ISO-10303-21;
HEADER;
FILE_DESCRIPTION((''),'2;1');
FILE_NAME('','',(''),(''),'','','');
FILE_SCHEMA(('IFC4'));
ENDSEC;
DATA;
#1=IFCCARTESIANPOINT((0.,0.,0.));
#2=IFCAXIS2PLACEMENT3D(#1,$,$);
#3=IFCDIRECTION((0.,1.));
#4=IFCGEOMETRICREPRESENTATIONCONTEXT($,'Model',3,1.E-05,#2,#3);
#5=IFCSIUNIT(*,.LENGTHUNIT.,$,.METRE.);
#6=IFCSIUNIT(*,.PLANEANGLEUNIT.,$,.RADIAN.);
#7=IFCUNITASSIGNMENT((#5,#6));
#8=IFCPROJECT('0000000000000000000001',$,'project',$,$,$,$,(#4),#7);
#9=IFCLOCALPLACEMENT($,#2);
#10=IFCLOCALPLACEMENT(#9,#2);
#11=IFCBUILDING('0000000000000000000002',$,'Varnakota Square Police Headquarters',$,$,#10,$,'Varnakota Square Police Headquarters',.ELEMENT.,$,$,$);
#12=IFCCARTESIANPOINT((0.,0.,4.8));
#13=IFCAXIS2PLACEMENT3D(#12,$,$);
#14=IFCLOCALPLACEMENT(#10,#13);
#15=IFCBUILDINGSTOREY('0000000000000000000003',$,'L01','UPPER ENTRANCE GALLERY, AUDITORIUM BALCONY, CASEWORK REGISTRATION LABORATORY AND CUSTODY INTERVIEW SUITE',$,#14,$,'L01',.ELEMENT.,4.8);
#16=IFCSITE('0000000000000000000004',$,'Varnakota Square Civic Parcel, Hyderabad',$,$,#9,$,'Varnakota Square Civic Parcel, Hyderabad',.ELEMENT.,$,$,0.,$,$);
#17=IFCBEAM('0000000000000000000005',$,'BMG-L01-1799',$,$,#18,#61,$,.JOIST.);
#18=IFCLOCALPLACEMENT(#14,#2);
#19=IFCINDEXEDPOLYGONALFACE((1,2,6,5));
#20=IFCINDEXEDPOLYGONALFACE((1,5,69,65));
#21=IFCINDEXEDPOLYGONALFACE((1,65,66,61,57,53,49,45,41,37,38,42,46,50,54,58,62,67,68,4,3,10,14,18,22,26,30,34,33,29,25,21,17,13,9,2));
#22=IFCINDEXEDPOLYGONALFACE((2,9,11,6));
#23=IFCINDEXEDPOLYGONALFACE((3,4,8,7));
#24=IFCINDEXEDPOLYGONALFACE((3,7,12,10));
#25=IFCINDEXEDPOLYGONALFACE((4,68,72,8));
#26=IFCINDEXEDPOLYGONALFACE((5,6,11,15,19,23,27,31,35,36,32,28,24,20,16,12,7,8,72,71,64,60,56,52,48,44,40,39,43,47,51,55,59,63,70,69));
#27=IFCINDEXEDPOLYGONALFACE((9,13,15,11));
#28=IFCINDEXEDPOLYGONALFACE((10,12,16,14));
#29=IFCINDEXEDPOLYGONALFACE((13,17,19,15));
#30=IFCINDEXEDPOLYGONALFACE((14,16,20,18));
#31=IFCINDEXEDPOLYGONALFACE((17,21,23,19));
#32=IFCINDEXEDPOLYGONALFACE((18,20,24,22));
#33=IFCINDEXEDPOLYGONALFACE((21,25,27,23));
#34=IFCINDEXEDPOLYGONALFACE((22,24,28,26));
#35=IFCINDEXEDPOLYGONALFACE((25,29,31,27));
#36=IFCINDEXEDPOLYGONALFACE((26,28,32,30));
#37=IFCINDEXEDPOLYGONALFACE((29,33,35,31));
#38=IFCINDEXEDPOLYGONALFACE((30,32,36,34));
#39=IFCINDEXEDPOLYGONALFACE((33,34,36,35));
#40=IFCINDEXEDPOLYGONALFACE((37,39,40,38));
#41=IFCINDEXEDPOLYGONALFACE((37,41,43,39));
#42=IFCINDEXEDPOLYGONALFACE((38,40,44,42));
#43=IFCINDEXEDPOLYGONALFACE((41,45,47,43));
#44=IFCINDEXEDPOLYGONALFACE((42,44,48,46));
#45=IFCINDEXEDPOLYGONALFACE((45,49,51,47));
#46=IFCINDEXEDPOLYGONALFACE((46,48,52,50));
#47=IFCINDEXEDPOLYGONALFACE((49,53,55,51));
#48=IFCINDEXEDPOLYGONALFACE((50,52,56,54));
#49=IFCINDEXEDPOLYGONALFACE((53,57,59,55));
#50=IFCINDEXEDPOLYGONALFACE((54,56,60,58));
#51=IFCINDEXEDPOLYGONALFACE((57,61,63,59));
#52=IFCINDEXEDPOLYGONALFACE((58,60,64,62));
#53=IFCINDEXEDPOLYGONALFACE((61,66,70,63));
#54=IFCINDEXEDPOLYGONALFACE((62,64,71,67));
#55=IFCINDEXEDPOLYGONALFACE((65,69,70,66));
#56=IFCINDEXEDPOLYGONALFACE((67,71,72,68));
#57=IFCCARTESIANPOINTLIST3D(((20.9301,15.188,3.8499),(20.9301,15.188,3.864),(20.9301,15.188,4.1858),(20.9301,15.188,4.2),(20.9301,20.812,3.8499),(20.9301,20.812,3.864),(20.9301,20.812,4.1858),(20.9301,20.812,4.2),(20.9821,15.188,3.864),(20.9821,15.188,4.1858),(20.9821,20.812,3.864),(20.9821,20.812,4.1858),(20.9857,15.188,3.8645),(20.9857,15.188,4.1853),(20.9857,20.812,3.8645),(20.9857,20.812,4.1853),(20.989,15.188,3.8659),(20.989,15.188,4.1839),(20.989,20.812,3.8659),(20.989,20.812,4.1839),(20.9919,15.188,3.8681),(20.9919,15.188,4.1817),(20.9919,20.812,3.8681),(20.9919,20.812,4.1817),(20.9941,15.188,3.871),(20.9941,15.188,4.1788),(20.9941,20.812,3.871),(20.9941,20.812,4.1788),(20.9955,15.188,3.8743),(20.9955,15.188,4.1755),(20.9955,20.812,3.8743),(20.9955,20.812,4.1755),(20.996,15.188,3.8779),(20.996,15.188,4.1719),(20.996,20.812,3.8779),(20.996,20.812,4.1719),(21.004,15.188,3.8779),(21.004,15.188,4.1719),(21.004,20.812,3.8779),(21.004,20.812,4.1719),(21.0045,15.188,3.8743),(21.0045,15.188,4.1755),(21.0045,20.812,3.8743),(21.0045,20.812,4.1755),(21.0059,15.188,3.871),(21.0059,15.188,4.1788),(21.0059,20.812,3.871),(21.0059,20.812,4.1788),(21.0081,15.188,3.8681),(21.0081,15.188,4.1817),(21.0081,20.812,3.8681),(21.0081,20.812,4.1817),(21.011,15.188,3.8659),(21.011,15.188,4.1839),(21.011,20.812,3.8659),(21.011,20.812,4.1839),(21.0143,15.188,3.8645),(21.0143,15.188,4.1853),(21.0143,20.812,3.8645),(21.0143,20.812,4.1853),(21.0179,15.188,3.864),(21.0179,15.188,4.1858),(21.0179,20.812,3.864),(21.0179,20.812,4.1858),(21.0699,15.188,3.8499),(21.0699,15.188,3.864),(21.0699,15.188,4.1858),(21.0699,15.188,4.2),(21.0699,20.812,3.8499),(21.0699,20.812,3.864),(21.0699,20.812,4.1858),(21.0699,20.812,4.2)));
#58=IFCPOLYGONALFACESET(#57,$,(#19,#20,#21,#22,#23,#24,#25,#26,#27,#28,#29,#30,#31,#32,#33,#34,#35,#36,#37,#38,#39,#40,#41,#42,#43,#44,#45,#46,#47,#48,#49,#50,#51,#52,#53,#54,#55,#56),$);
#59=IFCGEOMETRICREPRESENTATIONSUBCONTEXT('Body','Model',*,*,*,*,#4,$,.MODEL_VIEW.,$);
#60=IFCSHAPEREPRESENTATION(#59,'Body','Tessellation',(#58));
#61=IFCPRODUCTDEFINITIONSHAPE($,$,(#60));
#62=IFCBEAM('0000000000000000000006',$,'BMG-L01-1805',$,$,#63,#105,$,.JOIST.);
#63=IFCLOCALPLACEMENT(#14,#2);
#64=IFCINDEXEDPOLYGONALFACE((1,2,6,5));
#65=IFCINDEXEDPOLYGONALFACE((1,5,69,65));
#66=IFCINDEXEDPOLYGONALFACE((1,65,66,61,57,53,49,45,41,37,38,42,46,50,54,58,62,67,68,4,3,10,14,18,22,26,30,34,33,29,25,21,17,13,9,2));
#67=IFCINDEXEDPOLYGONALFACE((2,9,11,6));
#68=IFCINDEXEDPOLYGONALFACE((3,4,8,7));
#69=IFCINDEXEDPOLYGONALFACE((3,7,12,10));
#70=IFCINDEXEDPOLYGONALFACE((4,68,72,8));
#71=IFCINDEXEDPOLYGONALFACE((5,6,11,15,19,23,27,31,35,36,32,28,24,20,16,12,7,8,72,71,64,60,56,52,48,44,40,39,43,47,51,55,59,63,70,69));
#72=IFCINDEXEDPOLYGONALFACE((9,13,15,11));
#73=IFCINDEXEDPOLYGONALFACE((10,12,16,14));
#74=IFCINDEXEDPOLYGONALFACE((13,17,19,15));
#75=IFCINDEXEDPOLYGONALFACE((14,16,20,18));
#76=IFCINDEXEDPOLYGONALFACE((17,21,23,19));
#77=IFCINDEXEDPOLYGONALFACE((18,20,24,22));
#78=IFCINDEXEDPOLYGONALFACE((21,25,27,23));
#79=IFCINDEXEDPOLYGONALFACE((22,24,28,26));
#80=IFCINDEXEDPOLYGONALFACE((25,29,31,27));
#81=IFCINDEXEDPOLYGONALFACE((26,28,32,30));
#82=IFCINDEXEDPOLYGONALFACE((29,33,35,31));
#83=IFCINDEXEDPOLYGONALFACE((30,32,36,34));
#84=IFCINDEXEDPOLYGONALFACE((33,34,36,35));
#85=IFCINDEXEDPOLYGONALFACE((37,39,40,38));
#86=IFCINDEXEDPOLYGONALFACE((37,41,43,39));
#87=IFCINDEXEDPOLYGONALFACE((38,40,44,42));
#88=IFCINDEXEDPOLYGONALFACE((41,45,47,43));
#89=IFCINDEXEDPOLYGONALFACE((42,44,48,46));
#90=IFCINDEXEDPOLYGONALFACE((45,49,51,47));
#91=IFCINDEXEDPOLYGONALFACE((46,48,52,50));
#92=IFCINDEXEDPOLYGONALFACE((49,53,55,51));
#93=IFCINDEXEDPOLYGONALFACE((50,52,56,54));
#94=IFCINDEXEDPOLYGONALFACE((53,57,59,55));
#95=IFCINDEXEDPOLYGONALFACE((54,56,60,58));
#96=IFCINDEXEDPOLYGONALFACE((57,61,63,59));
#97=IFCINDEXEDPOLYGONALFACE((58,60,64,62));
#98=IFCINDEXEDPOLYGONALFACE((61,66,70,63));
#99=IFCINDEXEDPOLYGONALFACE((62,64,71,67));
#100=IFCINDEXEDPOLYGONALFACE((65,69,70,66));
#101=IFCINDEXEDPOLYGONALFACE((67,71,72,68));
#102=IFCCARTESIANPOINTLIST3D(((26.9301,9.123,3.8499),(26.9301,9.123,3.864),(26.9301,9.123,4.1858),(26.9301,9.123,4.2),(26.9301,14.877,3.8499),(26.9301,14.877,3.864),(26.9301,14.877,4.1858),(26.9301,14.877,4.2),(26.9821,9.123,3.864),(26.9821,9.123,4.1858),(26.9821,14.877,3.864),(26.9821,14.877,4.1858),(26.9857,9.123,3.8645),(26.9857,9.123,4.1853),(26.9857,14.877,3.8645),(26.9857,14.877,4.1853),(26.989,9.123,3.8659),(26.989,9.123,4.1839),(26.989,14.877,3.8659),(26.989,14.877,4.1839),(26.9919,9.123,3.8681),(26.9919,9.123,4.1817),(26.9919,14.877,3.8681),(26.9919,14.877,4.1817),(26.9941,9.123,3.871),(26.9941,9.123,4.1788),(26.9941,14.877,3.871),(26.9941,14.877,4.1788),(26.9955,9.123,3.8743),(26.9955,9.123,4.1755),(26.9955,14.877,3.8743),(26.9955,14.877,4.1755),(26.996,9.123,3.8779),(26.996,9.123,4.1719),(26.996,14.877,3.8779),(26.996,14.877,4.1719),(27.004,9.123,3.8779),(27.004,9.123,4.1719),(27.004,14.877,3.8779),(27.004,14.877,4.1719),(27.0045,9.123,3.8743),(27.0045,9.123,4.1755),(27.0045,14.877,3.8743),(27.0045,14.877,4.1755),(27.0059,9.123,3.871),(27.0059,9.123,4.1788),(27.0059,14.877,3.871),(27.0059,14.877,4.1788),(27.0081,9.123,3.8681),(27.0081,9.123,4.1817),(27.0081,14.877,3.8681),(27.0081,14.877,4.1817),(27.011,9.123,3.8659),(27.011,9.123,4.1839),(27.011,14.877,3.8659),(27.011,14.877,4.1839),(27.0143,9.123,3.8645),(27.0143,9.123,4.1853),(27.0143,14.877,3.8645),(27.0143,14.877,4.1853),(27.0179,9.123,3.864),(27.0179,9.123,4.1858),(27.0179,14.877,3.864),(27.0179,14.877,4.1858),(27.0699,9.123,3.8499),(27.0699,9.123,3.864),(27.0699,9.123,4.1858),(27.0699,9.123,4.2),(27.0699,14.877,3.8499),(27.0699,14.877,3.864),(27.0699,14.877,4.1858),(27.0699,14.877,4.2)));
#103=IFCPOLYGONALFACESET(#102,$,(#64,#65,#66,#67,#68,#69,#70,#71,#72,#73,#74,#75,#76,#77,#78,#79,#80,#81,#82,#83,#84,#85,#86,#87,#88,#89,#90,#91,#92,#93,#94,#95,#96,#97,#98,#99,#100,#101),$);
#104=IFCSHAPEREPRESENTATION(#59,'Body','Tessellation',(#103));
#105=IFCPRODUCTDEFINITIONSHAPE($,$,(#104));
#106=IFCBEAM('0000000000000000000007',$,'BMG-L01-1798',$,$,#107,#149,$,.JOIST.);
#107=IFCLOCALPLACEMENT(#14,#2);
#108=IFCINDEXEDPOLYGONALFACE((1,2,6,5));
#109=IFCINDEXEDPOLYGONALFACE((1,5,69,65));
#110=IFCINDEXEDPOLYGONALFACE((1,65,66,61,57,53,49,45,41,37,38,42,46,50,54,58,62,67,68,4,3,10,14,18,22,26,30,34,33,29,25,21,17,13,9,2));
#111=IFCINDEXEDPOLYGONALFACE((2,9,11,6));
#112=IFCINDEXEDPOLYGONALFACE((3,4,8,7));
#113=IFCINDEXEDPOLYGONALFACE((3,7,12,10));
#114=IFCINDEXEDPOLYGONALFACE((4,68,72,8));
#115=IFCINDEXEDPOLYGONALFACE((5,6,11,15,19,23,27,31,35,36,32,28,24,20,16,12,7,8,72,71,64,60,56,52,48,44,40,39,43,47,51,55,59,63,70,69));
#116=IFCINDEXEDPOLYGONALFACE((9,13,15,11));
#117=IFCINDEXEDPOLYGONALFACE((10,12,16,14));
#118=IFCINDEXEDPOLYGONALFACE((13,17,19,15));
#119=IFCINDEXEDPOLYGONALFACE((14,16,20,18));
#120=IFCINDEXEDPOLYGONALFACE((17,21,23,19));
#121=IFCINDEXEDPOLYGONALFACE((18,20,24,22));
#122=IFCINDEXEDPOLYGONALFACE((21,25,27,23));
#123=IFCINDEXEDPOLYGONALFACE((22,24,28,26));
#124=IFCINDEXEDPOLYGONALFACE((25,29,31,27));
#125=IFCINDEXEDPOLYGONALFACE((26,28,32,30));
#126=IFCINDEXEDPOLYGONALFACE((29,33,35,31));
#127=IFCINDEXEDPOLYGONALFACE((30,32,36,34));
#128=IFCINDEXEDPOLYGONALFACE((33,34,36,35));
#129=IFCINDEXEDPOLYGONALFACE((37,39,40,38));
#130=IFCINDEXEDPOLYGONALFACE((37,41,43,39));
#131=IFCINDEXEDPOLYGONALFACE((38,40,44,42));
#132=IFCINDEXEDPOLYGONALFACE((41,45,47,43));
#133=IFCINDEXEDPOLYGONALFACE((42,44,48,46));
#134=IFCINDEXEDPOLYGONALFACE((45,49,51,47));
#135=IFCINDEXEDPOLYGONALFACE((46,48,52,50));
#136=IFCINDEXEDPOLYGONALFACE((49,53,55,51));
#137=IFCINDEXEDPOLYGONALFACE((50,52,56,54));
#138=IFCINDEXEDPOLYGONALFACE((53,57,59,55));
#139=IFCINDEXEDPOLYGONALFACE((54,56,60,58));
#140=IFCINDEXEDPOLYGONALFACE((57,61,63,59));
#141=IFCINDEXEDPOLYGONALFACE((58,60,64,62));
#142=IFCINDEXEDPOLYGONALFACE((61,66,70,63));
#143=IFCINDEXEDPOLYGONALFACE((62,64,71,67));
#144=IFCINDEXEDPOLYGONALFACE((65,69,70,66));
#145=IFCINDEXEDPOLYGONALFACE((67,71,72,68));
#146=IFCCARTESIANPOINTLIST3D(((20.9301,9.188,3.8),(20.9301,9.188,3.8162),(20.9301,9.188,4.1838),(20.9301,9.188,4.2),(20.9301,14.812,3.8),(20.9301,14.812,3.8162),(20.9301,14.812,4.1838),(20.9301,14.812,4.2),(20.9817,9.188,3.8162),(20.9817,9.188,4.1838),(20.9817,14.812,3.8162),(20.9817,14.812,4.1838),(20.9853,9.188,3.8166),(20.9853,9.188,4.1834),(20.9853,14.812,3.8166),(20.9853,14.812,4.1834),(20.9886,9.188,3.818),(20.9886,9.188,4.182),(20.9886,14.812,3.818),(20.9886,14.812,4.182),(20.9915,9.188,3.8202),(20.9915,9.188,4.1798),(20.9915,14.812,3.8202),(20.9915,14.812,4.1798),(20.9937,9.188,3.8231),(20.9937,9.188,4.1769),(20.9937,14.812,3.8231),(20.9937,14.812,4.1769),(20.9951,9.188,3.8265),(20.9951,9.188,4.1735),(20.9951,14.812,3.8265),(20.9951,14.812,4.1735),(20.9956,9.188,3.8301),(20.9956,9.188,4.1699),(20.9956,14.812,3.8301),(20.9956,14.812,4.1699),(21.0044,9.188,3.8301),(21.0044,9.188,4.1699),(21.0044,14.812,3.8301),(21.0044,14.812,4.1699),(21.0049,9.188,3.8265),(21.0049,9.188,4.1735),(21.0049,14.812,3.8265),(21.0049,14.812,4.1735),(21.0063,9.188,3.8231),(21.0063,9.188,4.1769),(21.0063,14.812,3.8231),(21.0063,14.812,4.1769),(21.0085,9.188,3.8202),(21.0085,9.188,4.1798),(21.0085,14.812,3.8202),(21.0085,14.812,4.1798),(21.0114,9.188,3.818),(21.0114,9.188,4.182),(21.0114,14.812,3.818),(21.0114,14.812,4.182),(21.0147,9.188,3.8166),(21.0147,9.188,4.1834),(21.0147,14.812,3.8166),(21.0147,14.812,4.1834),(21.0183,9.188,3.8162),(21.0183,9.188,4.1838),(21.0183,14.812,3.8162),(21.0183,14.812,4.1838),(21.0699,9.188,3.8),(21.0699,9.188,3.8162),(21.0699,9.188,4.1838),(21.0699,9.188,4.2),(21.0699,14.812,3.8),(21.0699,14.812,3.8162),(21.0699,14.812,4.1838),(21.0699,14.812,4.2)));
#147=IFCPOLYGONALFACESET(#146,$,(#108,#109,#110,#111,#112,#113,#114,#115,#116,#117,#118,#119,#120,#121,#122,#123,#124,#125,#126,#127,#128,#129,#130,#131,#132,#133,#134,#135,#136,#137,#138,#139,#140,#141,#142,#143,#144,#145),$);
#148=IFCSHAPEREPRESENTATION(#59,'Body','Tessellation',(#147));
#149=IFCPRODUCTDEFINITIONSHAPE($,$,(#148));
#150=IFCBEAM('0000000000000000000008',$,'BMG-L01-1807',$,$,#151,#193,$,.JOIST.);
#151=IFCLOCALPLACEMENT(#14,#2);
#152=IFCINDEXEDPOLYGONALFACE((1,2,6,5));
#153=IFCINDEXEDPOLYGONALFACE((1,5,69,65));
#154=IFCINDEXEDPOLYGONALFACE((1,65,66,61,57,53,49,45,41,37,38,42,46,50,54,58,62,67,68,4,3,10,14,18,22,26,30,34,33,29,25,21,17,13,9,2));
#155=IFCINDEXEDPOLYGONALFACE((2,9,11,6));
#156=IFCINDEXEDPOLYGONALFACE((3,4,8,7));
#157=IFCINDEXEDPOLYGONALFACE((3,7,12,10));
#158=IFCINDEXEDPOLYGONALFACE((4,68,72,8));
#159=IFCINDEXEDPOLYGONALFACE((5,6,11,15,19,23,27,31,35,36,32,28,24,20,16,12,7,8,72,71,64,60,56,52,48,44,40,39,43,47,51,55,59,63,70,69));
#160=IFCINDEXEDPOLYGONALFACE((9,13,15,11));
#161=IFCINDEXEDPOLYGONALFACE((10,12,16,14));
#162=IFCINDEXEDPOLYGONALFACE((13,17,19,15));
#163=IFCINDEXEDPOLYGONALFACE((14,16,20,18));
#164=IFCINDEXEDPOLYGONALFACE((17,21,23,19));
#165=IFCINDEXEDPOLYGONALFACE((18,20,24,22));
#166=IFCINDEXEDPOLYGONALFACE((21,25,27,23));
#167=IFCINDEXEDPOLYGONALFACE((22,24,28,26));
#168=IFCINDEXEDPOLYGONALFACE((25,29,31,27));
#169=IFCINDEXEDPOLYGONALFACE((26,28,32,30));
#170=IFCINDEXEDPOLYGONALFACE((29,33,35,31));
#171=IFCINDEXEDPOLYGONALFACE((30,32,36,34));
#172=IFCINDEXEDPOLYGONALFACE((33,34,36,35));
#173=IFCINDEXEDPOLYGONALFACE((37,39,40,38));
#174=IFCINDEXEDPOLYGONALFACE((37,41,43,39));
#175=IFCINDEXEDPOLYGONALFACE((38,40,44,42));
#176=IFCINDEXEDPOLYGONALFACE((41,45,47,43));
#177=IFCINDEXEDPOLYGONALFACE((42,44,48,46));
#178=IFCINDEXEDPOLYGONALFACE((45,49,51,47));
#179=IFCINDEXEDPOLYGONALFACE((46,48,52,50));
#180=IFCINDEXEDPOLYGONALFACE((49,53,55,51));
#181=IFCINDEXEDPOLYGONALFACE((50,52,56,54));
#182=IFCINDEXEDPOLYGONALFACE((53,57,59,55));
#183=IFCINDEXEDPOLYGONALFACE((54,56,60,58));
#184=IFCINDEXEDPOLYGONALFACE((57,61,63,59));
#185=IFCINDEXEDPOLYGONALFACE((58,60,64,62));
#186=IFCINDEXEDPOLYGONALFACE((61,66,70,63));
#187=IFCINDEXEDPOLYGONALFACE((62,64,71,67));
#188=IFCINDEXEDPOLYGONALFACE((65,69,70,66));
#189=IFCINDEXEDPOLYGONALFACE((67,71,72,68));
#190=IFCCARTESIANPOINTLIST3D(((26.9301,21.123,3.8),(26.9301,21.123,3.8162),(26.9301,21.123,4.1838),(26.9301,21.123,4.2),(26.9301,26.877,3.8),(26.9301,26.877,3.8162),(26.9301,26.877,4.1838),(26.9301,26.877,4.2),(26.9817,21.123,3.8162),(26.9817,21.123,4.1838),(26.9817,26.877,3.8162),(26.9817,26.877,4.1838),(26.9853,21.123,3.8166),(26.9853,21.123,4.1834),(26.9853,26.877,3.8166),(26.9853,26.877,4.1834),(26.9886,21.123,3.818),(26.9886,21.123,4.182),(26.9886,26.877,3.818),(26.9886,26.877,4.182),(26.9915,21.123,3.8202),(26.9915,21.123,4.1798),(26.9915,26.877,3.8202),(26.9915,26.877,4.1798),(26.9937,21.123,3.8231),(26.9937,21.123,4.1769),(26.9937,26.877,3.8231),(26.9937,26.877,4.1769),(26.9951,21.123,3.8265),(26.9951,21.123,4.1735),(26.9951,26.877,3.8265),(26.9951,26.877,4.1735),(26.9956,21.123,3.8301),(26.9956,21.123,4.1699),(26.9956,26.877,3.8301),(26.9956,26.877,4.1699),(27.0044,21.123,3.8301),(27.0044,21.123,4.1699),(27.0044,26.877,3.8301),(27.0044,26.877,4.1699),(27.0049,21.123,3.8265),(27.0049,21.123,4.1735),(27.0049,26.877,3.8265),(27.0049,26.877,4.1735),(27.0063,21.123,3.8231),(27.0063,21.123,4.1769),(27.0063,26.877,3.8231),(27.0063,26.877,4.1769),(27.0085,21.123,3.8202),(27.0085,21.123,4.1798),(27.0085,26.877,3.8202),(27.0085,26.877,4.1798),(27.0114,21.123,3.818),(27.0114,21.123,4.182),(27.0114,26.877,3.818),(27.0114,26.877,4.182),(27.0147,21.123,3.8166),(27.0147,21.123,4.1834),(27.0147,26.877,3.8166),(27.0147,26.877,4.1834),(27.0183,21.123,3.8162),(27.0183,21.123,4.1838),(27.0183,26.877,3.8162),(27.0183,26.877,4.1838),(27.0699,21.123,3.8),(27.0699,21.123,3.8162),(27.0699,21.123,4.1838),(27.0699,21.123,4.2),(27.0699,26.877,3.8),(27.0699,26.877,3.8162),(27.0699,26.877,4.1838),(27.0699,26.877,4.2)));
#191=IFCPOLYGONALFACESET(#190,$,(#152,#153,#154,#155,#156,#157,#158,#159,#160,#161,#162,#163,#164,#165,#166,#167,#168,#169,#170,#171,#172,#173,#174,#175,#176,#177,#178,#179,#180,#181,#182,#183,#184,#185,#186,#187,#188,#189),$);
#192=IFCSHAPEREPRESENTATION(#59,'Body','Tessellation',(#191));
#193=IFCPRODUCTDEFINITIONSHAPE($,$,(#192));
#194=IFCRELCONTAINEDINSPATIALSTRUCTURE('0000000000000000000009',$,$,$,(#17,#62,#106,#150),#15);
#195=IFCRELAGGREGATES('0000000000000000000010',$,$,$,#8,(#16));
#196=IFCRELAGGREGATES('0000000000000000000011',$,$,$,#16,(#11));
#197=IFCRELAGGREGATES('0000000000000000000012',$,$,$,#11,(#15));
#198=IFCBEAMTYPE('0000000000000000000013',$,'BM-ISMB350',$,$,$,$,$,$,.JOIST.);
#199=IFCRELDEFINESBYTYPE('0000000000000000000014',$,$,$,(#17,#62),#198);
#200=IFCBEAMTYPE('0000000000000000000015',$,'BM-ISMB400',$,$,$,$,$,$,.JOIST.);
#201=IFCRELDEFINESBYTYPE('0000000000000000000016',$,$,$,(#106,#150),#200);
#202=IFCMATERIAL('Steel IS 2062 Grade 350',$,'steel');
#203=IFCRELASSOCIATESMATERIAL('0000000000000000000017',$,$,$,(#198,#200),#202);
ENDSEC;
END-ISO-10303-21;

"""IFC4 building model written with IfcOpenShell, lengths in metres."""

from ifc_helpers import new_model, si_unit, direction, frame, origin, origin_2d, place, context, subcontext, project, spatial, i_section, extrude, material, material_profile, profile_set, type_object, element, save


model = new_model("IFC4")

# Units and contexts
model_context = context("Model", 3, precision=1e-05, world=origin(), true_north=direction((0.0, 1.0)))
body_context = subcontext(model_context, "Body", "Model", "MODEL_VIEW")
ifc_project = project(units=[si_unit("LENGTHUNIT", "METRE"), si_unit("PLANEANGLEUNIT", "RADIAN")], contexts=[model_context])

# Site, building, storey
site_placement = place(None, origin())
site = spatial("IfcSite", under=ifc_project, at=site_placement, Name="Varnakota Square Civic Parcel, Hyderabad", LongName="Varnakota Square Civic Parcel, Hyderabad", CompositionType="ELEMENT", RefElevation=0.0)
building_placement = place(site_placement, origin())
building = spatial("IfcBuilding", under=site, at=building_placement, Name="Varnakota Square Police Headquarters", LongName="Varnakota Square Police Headquarters", CompositionType="ELEMENT")
storey_placement = place(building_placement, frame((0.0, 0.0, 4.8)))
storey = spatial("IfcBuildingStorey", under=building, at=storey_placement, Name="L01", Description="UPPER ENTRANCE GALLERY, AUDITORIUM BALCONY, CASEWORK REGISTRATION LABORATORY AND CUSTODY INTERVIEW SUITE", LongName="L01", CompositionType="ELEMENT", Elevation=4.8)

# Shared definitions
ifc_material_1 = material(Name="Steel IS 2062 Grade 350", Category="steel")

# Beams
ifc_material_profile_1 = material_profile(ifc_material_1, i_section(OverallWidth=0.1399, OverallDepth=0.3501, WebThickness=0.0081, FlangeThickness=0.0142, FilletRadius=0.0139, at=origin_2d()), Name="ISMB 350")
ifc_profile_set_1 = profile_set([ifc_material_profile_1], Name="Steel IS 2062 Grade 350")
beam_type_1 = type_object("IfcBeamType", Name="BM-ISMB350", PredefinedType="JOIST", material=ifc_profile_set_1)
beam_1_placement = place(storey_placement, frame((21.0, 15.188, 4.0249), z_axis=(0.0, 1.0, 0.0), x_axis=(-1.0, 0.0, 0.0)))
element("IfcBeam", 1, at=beam_1_placement, inside=storey, type_object=beam_type_1, Name="BMG-L01-1799", PredefinedType="JOIST", context=body_context, shape_type="SweptSolid", body=[
    extrude(i_section(OverallWidth=0.1399, OverallDepth=0.3501, WebThickness=0.0081, FlangeThickness=0.0142, FilletRadius=0.0139, at=origin_2d()), origin(), (0.0, 0.0, 1.0), 5.624),
])
beam_2_placement = place(storey_placement, frame((27.0, 9.123, 4.0249), z_axis=(0.0, 1.0, 0.0), x_axis=(-1.0, 0.0, 0.0)))
element("IfcBeam", 2, at=beam_2_placement, inside=storey, type_object=beam_type_1, Name="BMG-L01-1805", PredefinedType="JOIST", context=body_context, shape_type="SweptSolid", body=[
    extrude(i_section(OverallWidth=0.1399, OverallDepth=0.3501, WebThickness=0.0081, FlangeThickness=0.0142, FilletRadius=0.0139, at=origin_2d()), origin(), (0.0, 0.0, 1.0), 5.7539),
])
ifc_material_profile_2 = material_profile(ifc_material_1, i_section(OverallWidth=0.1399, OverallDepth=0.3999, WebThickness=0.0088, FlangeThickness=0.0161, FilletRadius=0.0139, at=origin_2d()), Name="ISMB 400")
ifc_profile_set_2 = profile_set([ifc_material_profile_2], Name="Steel IS 2062 Grade 350")
beam_type_2 = type_object("IfcBeamType", Name="BM-ISMB400", PredefinedType="JOIST", material=ifc_profile_set_2)
beam_3_placement = place(storey_placement, frame((21.0, 9.188, 4.0), z_axis=(0.0, 1.0, 0.0), x_axis=(-1.0, 0.0, 0.0)))
element("IfcBeam", 3, at=beam_3_placement, inside=storey, type_object=beam_type_2, Name="BMG-L01-1798", PredefinedType="JOIST", context=body_context, shape_type="SweptSolid", body=[
    extrude(i_section(OverallWidth=0.1399, OverallDepth=0.3999, WebThickness=0.0088, FlangeThickness=0.0161, FilletRadius=0.0139, at=origin_2d()), origin(), (0.0, 0.0, 1.0), 5.624),
])
beam_4_placement = place(storey_placement, frame((27.0, 21.123, 4.0), z_axis=(0.0, 1.0, 0.0), x_axis=(-1.0, 0.0, 0.0)))
element("IfcBeam", 4, at=beam_4_placement, inside=storey, type_object=beam_type_2, Name="BMG-L01-1807", PredefinedType="JOIST", context=body_context, shape_type="SweptSolid", body=[
    extrude(i_section(OverallWidth=0.1399, OverallDepth=0.3999, WebThickness=0.0088, FlangeThickness=0.0161, FilletRadius=0.0139, at=origin_2d()), origin(), (0.0, 0.0, 1.0), 5.7539),
])

save(model, "model.ifc")
